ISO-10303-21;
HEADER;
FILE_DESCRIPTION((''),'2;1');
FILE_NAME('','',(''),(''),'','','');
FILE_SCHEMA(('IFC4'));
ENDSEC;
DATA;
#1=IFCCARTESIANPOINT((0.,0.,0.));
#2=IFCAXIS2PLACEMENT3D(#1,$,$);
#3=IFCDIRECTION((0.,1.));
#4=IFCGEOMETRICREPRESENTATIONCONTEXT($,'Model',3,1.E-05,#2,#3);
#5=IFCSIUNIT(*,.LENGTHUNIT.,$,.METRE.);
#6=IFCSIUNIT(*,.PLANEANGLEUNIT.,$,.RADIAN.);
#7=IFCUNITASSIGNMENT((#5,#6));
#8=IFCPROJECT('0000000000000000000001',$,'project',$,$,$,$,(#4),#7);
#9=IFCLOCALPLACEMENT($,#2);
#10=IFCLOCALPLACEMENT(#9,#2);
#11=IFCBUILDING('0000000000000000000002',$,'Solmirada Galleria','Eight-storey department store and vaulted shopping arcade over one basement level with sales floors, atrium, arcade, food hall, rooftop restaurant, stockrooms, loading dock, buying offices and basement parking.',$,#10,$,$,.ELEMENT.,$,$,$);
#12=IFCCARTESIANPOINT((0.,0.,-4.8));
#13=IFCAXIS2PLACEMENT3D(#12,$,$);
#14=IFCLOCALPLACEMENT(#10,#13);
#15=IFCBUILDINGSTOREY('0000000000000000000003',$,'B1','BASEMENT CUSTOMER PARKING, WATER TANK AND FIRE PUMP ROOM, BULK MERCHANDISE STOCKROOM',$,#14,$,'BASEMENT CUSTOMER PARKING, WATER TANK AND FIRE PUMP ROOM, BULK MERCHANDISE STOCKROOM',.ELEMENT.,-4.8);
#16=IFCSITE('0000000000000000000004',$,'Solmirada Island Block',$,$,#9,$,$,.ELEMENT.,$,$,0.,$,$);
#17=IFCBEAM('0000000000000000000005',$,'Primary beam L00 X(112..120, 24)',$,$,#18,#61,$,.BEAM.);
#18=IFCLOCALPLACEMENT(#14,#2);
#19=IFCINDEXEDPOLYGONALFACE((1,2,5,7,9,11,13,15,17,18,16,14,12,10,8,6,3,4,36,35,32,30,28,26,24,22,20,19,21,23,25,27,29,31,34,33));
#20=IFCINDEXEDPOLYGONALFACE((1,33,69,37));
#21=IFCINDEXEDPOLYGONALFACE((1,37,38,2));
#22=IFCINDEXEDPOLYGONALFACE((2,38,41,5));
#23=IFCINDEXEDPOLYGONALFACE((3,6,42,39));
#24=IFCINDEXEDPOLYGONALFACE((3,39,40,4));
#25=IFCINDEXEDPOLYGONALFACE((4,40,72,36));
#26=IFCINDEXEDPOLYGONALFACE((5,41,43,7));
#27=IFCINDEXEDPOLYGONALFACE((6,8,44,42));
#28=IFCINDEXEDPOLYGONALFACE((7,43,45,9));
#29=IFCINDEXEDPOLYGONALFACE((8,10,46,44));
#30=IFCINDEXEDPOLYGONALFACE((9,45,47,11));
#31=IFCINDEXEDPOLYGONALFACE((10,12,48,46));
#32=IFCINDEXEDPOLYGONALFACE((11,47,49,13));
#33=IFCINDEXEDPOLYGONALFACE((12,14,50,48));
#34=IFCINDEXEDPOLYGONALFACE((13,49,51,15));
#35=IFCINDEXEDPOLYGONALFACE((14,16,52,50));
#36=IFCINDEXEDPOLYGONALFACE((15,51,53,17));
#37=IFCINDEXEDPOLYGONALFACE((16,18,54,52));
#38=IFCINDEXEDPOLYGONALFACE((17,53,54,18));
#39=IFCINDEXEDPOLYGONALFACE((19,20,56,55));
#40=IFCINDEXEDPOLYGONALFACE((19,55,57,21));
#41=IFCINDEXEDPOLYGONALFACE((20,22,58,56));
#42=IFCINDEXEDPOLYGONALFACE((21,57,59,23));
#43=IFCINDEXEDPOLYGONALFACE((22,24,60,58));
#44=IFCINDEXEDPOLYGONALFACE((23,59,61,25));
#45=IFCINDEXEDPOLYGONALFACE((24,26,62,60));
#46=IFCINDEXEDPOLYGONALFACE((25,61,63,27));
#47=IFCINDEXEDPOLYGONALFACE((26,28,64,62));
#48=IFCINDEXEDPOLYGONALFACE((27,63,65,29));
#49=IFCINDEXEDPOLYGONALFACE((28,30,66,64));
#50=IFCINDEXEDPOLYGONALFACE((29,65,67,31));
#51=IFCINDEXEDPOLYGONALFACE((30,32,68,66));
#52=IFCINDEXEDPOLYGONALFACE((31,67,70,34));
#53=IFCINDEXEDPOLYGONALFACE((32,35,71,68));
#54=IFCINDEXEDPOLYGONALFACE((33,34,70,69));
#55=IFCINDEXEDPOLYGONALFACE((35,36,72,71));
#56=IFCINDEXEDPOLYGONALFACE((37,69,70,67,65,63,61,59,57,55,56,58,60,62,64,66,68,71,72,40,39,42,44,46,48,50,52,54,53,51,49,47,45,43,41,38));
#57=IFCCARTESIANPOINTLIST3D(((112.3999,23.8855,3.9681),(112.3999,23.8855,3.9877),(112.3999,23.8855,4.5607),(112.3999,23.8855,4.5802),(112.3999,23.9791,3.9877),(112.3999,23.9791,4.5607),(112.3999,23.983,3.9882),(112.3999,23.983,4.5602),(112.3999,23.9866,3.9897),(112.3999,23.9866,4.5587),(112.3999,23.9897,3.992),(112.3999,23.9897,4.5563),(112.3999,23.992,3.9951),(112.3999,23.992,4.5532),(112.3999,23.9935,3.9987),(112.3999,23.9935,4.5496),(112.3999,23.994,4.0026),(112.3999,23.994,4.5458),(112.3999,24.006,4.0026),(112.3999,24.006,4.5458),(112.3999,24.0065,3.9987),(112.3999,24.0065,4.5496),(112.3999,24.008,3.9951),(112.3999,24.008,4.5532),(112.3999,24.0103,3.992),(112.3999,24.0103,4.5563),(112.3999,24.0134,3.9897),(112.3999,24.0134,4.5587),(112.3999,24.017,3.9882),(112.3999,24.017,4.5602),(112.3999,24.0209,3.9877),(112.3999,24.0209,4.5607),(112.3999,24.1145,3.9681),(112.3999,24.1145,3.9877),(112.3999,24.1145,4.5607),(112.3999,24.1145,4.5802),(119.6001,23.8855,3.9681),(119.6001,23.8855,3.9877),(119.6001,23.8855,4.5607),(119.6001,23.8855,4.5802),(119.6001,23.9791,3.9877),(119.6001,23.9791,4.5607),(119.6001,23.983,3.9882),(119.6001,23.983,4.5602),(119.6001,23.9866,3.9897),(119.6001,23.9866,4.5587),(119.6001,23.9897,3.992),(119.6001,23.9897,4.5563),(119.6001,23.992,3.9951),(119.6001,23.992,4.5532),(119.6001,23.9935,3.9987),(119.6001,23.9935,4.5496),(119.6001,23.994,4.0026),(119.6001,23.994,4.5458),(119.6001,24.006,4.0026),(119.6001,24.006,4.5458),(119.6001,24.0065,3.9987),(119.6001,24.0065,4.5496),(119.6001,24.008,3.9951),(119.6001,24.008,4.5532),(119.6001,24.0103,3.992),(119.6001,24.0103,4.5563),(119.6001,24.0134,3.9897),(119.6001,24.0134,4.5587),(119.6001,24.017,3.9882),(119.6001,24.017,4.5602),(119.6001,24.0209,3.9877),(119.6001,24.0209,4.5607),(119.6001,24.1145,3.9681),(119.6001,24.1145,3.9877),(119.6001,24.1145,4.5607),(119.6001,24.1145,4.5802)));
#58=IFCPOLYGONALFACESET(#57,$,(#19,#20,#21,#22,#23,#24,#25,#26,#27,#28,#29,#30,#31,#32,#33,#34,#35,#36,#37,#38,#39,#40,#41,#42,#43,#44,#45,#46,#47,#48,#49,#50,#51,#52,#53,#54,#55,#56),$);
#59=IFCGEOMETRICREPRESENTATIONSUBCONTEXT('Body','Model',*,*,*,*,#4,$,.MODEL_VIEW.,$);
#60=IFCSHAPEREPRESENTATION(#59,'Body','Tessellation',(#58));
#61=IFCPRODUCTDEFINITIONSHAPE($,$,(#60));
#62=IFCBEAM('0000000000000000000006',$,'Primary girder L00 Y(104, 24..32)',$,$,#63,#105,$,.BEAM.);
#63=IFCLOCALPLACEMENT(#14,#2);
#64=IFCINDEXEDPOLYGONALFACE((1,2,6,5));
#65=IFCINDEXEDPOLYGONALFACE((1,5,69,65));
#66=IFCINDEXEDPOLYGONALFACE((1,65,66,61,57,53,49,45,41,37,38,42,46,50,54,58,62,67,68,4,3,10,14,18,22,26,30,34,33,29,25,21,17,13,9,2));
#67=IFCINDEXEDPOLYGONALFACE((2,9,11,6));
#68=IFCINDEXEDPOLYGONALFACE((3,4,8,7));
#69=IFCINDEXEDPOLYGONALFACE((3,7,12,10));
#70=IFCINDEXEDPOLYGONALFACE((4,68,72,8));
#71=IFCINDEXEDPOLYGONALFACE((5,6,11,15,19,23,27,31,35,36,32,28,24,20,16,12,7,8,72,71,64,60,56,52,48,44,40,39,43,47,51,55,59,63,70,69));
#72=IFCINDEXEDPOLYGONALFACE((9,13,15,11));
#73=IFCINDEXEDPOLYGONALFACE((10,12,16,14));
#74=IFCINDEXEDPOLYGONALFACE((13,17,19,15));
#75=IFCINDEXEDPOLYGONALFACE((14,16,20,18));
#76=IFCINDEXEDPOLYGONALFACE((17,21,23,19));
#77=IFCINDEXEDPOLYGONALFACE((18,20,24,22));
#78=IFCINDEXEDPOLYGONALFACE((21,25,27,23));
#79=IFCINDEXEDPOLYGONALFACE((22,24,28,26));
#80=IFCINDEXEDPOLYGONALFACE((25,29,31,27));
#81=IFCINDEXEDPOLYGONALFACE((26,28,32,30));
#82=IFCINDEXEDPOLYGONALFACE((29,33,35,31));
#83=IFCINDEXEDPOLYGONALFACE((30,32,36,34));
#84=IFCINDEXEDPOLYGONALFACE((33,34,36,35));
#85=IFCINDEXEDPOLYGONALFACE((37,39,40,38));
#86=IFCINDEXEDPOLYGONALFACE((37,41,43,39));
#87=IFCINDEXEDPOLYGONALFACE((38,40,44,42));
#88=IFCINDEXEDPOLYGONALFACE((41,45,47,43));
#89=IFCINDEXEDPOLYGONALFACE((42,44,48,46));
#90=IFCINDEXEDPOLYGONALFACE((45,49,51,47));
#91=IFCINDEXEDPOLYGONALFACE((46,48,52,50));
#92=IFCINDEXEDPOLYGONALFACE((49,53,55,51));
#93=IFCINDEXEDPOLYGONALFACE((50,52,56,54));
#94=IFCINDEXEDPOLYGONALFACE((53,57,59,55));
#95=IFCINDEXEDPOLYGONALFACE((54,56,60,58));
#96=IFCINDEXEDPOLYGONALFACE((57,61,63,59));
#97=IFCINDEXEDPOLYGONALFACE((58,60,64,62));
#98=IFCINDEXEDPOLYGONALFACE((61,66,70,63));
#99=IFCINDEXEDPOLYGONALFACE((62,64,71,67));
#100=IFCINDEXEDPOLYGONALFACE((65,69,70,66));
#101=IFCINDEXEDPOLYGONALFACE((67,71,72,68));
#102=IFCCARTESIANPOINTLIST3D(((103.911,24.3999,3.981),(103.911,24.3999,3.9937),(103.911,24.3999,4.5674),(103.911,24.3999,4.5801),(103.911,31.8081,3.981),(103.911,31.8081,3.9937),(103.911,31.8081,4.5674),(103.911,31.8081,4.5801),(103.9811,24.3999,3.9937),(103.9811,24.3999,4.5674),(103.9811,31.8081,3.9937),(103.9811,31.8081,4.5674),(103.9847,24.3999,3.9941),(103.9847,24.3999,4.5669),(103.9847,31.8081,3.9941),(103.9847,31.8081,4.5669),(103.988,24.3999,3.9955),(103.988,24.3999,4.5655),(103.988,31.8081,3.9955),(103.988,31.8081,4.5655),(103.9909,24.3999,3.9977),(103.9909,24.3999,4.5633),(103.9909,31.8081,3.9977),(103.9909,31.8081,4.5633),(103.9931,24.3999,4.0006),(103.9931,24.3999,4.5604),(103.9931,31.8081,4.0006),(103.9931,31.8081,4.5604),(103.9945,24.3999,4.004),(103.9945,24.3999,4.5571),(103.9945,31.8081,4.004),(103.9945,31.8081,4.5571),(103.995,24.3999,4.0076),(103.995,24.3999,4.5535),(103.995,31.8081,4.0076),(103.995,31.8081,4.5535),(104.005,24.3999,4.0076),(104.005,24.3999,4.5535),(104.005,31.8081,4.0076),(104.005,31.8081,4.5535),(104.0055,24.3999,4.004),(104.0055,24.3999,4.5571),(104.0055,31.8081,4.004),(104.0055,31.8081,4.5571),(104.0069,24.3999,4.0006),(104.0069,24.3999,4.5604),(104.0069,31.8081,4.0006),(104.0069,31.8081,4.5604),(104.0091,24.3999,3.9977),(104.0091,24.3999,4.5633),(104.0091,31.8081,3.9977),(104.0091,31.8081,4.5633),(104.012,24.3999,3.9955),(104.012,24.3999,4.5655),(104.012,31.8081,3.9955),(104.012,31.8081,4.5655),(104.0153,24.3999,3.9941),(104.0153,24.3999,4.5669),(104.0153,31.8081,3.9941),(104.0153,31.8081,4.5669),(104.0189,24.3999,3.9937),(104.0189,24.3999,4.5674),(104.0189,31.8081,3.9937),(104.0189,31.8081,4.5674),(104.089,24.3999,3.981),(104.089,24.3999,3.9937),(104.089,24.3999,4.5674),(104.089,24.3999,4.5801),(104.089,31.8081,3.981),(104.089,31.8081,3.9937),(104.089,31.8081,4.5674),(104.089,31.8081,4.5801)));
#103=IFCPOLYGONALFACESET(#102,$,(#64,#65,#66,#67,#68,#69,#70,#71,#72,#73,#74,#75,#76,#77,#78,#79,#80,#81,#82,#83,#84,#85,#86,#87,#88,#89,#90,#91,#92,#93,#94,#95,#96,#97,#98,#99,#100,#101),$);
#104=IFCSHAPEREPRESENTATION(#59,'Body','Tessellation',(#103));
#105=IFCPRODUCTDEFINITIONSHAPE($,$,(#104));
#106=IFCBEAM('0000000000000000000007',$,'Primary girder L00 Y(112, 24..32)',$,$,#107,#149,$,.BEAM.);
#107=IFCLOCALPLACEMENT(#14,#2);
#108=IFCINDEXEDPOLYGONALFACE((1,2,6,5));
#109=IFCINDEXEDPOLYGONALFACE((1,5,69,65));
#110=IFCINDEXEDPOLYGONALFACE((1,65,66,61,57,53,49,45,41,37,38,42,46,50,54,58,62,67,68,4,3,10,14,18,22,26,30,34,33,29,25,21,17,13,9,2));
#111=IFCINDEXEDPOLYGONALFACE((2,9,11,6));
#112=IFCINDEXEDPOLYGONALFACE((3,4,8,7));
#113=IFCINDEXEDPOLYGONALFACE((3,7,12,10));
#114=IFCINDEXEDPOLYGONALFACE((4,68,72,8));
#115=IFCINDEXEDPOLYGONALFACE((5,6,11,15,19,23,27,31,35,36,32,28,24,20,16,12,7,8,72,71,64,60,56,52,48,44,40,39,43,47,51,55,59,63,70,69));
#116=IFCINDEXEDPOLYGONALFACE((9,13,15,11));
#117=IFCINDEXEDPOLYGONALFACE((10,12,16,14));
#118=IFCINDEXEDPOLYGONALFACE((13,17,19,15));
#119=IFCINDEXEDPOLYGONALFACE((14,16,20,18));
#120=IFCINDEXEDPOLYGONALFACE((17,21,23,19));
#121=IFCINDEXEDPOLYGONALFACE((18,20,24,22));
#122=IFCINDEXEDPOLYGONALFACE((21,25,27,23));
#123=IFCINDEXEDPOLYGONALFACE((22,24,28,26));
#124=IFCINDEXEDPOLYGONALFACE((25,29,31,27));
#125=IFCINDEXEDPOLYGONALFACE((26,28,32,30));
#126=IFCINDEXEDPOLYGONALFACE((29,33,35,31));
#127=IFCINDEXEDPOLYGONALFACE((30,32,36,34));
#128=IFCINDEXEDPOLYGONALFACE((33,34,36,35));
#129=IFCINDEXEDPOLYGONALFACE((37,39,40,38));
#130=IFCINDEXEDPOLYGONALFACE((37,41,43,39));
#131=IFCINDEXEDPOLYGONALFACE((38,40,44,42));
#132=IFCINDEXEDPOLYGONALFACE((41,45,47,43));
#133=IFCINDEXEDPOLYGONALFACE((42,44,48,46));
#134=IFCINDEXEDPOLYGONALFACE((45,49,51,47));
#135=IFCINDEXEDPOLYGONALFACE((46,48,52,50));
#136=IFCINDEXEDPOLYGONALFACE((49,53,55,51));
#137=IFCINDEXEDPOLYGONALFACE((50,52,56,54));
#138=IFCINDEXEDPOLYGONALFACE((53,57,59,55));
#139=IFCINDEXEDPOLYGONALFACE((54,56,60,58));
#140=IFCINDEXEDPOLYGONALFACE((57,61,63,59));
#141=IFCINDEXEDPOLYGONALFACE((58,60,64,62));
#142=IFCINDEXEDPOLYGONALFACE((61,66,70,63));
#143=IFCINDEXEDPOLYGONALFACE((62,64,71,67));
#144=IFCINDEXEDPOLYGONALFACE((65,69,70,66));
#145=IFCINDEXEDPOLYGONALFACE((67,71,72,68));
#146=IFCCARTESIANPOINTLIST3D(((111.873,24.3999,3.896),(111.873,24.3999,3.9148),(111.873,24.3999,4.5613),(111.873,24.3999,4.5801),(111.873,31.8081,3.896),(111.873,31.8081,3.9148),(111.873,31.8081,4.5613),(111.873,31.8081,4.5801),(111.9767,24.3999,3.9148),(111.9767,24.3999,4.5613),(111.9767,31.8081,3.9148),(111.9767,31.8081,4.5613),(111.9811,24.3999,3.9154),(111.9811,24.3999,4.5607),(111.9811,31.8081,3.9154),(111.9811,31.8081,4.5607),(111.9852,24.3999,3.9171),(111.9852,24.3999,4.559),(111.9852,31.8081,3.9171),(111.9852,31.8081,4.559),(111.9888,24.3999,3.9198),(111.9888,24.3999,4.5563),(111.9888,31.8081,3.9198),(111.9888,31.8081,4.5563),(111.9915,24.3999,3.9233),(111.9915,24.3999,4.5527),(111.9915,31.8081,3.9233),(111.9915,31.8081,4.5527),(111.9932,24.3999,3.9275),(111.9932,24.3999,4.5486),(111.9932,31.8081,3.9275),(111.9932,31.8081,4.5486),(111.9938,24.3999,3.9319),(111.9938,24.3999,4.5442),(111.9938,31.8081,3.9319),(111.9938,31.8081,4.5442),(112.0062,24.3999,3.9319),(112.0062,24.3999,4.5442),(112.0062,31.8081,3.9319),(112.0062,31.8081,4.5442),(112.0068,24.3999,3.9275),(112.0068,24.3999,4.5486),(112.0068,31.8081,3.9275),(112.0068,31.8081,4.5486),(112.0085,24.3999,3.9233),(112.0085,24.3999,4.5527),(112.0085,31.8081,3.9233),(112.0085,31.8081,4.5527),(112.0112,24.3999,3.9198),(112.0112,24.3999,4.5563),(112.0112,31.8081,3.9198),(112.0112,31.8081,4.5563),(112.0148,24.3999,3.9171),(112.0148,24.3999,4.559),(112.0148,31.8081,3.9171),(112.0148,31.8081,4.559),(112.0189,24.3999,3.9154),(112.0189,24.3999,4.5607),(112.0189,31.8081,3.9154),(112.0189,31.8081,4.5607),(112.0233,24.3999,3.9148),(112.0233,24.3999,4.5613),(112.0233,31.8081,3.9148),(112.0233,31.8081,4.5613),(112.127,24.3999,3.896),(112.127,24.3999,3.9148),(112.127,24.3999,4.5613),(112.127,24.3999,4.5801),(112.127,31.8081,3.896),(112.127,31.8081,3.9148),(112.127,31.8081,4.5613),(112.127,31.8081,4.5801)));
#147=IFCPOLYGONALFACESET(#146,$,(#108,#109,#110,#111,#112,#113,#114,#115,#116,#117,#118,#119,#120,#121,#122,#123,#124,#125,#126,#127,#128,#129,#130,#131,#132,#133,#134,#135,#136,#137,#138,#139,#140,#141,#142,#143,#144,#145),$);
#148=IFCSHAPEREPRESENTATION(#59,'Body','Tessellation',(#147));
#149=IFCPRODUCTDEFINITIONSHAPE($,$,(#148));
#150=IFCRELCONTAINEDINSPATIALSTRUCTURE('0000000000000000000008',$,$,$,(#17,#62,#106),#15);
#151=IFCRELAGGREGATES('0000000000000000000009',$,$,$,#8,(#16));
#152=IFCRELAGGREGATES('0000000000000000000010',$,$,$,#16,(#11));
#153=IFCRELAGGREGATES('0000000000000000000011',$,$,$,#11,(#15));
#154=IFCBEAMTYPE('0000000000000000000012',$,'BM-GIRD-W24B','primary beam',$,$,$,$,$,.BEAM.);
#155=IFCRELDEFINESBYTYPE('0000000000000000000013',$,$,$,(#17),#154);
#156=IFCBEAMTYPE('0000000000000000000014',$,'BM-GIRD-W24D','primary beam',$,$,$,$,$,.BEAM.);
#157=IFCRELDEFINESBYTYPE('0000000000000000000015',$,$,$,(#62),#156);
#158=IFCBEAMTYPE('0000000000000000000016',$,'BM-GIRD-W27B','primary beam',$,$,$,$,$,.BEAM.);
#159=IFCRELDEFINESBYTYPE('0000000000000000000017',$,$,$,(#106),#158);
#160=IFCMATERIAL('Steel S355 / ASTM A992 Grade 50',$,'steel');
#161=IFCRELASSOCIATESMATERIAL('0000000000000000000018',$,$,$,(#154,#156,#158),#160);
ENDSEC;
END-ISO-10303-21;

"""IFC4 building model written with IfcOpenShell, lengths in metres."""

from ifc_helpers import new_model, si_unit, direction, frame, origin, origin_2d, place, context, subcontext, project, spatial, i_section, extrude, material, material_profile, profile_set, type_object, element, save


model = new_model("IFC4")

# Units and contexts
model_context = context("Model", 3, precision=1e-05, world=origin(), true_north=direction((0.0, 1.0)))
body_context = subcontext(model_context, "Body", "Model", "MODEL_VIEW")
ifc_project = project(units=[si_unit("LENGTHUNIT", "METRE"), si_unit("PLANEANGLEUNIT", "RADIAN")], contexts=[model_context])

# Site, building, storey
site_placement = place(None, origin())
site = spatial("IfcSite", under=ifc_project, at=site_placement, Name="Solmirada Island Block", CompositionType="ELEMENT", RefElevation=0.0)
building_placement = place(site_placement, origin())
building = spatial("IfcBuilding", under=site, at=building_placement, Name="Solmirada Galleria", Description="Eight-storey department store and vaulted shopping arcade over one basement level with sales floors, atrium, arcade, food hall, rooftop restaurant, stockrooms, loading dock, buying offices and basement parking.", CompositionType="ELEMENT")
storey_placement = place(building_placement, frame((0.0, 0.0, -4.8)))
storey = spatial("IfcBuildingStorey", under=building, at=storey_placement, Name="B1", Description="BASEMENT CUSTOMER PARKING, WATER TANK AND FIRE PUMP ROOM, BULK MERCHANDISE STOCKROOM", LongName="BASEMENT CUSTOMER PARKING, WATER TANK AND FIRE PUMP ROOM, BULK MERCHANDISE STOCKROOM", CompositionType="ELEMENT", Elevation=-4.8)

# Beams
ifc_material_1 = material(Name="Steel S355 / ASTM A992 Grade 50", Category="steel")
ifc_material_profile_1 = material_profile(ifc_material_1, i_section(OverallWidth=0.229, OverallDepth=0.6121, WebThickness=0.012, FlangeThickness=0.0195, FilletRadius=0.0149, at=origin_2d()), Name="W24X84")
ifc_profile_set_1 = profile_set([ifc_material_profile_1], Name="Steel S355 / ASTM A992 Grade 50")
beam_type_1 = type_object("IfcBeamType", Name="BM-GIRD-W24B", Description="primary beam", PredefinedType="BEAM", material=ifc_profile_set_1)
beam_1_placement = place(storey_placement, frame((112.3999, 24.0, 4.2742), z_axis=(1.0, 0.0, 0.0), x_axis=(0.0, 1.0, 0.0)))
element("IfcBeam", 1, at=beam_1_placement, inside=storey, type_object=beam_type_1, Name="Primary beam L00 X(112..120, 24)", PredefinedType="BEAM", context=body_context, shape_type="SweptSolid", body=[
    extrude(i_section(OverallWidth=0.229, OverallDepth=0.6121, WebThickness=0.012, FlangeThickness=0.0195, FilletRadius=0.0149, at=origin_2d()), origin(), (0.0, 0.0, 1.0), 7.2002),
])
ifc_material_profile_2 = material_profile(ifc_material_1, i_section(OverallWidth=0.178, OverallDepth=0.5991, WebThickness=0.01, FlangeThickness=0.0127, FilletRadius=0.0139, at=origin_2d()), Name="W24X55")
ifc_profile_set_2 = profile_set([ifc_material_profile_2], Name="Steel S355 / ASTM A992 Grade 50")
beam_type_2 = type_object("IfcBeamType", Name="BM-GIRD-W24D", Description="primary beam", PredefinedType="BEAM", material=ifc_profile_set_2)
beam_2_placement = place(storey_placement, frame((104.0, 24.3999, 4.2805), z_axis=(0.0, 1.0, 0.0), x_axis=(-1.0, 0.0, 0.0)))
element("IfcBeam", 2, at=beam_2_placement, inside=storey, type_object=beam_type_2, Name="Primary girder L00 Y(104, 24..32)", PredefinedType="BEAM", context=body_context, shape_type="SweptSolid", body=[
    extrude(i_section(OverallWidth=0.178, OverallDepth=0.5991, WebThickness=0.01, FlangeThickness=0.0127, FilletRadius=0.0139, at=origin_2d()), origin(), (0.0, 0.0, 1.0), 7.4082),
])
ifc_material_profile_3 = material_profile(ifc_material_1, i_section(OverallWidth=0.2539, OverallDepth=0.6841, WebThickness=0.0125, FlangeThickness=0.0188, FilletRadius=0.0171, at=origin_2d()), Name="W27X94")
ifc_profile_set_3 = profile_set([ifc_material_profile_3], Name="Steel S355 / ASTM A992 Grade 50")
beam_type_3 = type_object("IfcBeamType", Name="BM-GIRD-W27B", Description="primary beam", PredefinedType="BEAM", material=ifc_profile_set_3)
beam_3_placement = place(storey_placement, frame((112.0, 24.3999, 4.238), z_axis=(0.0, 1.0, 0.0), x_axis=(-1.0, 0.0, 0.0)))
element("IfcBeam", 3, at=beam_3_placement, inside=storey, type_object=beam_type_3, Name="Primary girder L00 Y(112, 24..32)", PredefinedType="BEAM", context=body_context, shape_type="SweptSolid", body=[
    extrude(i_section(OverallWidth=0.2539, OverallDepth=0.6841, WebThickness=0.0125, FlangeThickness=0.0188, FilletRadius=0.0171, at=origin_2d()), origin(), (0.0, 0.0, 1.0), 7.4082),
])

save(model, "model.ifc")
